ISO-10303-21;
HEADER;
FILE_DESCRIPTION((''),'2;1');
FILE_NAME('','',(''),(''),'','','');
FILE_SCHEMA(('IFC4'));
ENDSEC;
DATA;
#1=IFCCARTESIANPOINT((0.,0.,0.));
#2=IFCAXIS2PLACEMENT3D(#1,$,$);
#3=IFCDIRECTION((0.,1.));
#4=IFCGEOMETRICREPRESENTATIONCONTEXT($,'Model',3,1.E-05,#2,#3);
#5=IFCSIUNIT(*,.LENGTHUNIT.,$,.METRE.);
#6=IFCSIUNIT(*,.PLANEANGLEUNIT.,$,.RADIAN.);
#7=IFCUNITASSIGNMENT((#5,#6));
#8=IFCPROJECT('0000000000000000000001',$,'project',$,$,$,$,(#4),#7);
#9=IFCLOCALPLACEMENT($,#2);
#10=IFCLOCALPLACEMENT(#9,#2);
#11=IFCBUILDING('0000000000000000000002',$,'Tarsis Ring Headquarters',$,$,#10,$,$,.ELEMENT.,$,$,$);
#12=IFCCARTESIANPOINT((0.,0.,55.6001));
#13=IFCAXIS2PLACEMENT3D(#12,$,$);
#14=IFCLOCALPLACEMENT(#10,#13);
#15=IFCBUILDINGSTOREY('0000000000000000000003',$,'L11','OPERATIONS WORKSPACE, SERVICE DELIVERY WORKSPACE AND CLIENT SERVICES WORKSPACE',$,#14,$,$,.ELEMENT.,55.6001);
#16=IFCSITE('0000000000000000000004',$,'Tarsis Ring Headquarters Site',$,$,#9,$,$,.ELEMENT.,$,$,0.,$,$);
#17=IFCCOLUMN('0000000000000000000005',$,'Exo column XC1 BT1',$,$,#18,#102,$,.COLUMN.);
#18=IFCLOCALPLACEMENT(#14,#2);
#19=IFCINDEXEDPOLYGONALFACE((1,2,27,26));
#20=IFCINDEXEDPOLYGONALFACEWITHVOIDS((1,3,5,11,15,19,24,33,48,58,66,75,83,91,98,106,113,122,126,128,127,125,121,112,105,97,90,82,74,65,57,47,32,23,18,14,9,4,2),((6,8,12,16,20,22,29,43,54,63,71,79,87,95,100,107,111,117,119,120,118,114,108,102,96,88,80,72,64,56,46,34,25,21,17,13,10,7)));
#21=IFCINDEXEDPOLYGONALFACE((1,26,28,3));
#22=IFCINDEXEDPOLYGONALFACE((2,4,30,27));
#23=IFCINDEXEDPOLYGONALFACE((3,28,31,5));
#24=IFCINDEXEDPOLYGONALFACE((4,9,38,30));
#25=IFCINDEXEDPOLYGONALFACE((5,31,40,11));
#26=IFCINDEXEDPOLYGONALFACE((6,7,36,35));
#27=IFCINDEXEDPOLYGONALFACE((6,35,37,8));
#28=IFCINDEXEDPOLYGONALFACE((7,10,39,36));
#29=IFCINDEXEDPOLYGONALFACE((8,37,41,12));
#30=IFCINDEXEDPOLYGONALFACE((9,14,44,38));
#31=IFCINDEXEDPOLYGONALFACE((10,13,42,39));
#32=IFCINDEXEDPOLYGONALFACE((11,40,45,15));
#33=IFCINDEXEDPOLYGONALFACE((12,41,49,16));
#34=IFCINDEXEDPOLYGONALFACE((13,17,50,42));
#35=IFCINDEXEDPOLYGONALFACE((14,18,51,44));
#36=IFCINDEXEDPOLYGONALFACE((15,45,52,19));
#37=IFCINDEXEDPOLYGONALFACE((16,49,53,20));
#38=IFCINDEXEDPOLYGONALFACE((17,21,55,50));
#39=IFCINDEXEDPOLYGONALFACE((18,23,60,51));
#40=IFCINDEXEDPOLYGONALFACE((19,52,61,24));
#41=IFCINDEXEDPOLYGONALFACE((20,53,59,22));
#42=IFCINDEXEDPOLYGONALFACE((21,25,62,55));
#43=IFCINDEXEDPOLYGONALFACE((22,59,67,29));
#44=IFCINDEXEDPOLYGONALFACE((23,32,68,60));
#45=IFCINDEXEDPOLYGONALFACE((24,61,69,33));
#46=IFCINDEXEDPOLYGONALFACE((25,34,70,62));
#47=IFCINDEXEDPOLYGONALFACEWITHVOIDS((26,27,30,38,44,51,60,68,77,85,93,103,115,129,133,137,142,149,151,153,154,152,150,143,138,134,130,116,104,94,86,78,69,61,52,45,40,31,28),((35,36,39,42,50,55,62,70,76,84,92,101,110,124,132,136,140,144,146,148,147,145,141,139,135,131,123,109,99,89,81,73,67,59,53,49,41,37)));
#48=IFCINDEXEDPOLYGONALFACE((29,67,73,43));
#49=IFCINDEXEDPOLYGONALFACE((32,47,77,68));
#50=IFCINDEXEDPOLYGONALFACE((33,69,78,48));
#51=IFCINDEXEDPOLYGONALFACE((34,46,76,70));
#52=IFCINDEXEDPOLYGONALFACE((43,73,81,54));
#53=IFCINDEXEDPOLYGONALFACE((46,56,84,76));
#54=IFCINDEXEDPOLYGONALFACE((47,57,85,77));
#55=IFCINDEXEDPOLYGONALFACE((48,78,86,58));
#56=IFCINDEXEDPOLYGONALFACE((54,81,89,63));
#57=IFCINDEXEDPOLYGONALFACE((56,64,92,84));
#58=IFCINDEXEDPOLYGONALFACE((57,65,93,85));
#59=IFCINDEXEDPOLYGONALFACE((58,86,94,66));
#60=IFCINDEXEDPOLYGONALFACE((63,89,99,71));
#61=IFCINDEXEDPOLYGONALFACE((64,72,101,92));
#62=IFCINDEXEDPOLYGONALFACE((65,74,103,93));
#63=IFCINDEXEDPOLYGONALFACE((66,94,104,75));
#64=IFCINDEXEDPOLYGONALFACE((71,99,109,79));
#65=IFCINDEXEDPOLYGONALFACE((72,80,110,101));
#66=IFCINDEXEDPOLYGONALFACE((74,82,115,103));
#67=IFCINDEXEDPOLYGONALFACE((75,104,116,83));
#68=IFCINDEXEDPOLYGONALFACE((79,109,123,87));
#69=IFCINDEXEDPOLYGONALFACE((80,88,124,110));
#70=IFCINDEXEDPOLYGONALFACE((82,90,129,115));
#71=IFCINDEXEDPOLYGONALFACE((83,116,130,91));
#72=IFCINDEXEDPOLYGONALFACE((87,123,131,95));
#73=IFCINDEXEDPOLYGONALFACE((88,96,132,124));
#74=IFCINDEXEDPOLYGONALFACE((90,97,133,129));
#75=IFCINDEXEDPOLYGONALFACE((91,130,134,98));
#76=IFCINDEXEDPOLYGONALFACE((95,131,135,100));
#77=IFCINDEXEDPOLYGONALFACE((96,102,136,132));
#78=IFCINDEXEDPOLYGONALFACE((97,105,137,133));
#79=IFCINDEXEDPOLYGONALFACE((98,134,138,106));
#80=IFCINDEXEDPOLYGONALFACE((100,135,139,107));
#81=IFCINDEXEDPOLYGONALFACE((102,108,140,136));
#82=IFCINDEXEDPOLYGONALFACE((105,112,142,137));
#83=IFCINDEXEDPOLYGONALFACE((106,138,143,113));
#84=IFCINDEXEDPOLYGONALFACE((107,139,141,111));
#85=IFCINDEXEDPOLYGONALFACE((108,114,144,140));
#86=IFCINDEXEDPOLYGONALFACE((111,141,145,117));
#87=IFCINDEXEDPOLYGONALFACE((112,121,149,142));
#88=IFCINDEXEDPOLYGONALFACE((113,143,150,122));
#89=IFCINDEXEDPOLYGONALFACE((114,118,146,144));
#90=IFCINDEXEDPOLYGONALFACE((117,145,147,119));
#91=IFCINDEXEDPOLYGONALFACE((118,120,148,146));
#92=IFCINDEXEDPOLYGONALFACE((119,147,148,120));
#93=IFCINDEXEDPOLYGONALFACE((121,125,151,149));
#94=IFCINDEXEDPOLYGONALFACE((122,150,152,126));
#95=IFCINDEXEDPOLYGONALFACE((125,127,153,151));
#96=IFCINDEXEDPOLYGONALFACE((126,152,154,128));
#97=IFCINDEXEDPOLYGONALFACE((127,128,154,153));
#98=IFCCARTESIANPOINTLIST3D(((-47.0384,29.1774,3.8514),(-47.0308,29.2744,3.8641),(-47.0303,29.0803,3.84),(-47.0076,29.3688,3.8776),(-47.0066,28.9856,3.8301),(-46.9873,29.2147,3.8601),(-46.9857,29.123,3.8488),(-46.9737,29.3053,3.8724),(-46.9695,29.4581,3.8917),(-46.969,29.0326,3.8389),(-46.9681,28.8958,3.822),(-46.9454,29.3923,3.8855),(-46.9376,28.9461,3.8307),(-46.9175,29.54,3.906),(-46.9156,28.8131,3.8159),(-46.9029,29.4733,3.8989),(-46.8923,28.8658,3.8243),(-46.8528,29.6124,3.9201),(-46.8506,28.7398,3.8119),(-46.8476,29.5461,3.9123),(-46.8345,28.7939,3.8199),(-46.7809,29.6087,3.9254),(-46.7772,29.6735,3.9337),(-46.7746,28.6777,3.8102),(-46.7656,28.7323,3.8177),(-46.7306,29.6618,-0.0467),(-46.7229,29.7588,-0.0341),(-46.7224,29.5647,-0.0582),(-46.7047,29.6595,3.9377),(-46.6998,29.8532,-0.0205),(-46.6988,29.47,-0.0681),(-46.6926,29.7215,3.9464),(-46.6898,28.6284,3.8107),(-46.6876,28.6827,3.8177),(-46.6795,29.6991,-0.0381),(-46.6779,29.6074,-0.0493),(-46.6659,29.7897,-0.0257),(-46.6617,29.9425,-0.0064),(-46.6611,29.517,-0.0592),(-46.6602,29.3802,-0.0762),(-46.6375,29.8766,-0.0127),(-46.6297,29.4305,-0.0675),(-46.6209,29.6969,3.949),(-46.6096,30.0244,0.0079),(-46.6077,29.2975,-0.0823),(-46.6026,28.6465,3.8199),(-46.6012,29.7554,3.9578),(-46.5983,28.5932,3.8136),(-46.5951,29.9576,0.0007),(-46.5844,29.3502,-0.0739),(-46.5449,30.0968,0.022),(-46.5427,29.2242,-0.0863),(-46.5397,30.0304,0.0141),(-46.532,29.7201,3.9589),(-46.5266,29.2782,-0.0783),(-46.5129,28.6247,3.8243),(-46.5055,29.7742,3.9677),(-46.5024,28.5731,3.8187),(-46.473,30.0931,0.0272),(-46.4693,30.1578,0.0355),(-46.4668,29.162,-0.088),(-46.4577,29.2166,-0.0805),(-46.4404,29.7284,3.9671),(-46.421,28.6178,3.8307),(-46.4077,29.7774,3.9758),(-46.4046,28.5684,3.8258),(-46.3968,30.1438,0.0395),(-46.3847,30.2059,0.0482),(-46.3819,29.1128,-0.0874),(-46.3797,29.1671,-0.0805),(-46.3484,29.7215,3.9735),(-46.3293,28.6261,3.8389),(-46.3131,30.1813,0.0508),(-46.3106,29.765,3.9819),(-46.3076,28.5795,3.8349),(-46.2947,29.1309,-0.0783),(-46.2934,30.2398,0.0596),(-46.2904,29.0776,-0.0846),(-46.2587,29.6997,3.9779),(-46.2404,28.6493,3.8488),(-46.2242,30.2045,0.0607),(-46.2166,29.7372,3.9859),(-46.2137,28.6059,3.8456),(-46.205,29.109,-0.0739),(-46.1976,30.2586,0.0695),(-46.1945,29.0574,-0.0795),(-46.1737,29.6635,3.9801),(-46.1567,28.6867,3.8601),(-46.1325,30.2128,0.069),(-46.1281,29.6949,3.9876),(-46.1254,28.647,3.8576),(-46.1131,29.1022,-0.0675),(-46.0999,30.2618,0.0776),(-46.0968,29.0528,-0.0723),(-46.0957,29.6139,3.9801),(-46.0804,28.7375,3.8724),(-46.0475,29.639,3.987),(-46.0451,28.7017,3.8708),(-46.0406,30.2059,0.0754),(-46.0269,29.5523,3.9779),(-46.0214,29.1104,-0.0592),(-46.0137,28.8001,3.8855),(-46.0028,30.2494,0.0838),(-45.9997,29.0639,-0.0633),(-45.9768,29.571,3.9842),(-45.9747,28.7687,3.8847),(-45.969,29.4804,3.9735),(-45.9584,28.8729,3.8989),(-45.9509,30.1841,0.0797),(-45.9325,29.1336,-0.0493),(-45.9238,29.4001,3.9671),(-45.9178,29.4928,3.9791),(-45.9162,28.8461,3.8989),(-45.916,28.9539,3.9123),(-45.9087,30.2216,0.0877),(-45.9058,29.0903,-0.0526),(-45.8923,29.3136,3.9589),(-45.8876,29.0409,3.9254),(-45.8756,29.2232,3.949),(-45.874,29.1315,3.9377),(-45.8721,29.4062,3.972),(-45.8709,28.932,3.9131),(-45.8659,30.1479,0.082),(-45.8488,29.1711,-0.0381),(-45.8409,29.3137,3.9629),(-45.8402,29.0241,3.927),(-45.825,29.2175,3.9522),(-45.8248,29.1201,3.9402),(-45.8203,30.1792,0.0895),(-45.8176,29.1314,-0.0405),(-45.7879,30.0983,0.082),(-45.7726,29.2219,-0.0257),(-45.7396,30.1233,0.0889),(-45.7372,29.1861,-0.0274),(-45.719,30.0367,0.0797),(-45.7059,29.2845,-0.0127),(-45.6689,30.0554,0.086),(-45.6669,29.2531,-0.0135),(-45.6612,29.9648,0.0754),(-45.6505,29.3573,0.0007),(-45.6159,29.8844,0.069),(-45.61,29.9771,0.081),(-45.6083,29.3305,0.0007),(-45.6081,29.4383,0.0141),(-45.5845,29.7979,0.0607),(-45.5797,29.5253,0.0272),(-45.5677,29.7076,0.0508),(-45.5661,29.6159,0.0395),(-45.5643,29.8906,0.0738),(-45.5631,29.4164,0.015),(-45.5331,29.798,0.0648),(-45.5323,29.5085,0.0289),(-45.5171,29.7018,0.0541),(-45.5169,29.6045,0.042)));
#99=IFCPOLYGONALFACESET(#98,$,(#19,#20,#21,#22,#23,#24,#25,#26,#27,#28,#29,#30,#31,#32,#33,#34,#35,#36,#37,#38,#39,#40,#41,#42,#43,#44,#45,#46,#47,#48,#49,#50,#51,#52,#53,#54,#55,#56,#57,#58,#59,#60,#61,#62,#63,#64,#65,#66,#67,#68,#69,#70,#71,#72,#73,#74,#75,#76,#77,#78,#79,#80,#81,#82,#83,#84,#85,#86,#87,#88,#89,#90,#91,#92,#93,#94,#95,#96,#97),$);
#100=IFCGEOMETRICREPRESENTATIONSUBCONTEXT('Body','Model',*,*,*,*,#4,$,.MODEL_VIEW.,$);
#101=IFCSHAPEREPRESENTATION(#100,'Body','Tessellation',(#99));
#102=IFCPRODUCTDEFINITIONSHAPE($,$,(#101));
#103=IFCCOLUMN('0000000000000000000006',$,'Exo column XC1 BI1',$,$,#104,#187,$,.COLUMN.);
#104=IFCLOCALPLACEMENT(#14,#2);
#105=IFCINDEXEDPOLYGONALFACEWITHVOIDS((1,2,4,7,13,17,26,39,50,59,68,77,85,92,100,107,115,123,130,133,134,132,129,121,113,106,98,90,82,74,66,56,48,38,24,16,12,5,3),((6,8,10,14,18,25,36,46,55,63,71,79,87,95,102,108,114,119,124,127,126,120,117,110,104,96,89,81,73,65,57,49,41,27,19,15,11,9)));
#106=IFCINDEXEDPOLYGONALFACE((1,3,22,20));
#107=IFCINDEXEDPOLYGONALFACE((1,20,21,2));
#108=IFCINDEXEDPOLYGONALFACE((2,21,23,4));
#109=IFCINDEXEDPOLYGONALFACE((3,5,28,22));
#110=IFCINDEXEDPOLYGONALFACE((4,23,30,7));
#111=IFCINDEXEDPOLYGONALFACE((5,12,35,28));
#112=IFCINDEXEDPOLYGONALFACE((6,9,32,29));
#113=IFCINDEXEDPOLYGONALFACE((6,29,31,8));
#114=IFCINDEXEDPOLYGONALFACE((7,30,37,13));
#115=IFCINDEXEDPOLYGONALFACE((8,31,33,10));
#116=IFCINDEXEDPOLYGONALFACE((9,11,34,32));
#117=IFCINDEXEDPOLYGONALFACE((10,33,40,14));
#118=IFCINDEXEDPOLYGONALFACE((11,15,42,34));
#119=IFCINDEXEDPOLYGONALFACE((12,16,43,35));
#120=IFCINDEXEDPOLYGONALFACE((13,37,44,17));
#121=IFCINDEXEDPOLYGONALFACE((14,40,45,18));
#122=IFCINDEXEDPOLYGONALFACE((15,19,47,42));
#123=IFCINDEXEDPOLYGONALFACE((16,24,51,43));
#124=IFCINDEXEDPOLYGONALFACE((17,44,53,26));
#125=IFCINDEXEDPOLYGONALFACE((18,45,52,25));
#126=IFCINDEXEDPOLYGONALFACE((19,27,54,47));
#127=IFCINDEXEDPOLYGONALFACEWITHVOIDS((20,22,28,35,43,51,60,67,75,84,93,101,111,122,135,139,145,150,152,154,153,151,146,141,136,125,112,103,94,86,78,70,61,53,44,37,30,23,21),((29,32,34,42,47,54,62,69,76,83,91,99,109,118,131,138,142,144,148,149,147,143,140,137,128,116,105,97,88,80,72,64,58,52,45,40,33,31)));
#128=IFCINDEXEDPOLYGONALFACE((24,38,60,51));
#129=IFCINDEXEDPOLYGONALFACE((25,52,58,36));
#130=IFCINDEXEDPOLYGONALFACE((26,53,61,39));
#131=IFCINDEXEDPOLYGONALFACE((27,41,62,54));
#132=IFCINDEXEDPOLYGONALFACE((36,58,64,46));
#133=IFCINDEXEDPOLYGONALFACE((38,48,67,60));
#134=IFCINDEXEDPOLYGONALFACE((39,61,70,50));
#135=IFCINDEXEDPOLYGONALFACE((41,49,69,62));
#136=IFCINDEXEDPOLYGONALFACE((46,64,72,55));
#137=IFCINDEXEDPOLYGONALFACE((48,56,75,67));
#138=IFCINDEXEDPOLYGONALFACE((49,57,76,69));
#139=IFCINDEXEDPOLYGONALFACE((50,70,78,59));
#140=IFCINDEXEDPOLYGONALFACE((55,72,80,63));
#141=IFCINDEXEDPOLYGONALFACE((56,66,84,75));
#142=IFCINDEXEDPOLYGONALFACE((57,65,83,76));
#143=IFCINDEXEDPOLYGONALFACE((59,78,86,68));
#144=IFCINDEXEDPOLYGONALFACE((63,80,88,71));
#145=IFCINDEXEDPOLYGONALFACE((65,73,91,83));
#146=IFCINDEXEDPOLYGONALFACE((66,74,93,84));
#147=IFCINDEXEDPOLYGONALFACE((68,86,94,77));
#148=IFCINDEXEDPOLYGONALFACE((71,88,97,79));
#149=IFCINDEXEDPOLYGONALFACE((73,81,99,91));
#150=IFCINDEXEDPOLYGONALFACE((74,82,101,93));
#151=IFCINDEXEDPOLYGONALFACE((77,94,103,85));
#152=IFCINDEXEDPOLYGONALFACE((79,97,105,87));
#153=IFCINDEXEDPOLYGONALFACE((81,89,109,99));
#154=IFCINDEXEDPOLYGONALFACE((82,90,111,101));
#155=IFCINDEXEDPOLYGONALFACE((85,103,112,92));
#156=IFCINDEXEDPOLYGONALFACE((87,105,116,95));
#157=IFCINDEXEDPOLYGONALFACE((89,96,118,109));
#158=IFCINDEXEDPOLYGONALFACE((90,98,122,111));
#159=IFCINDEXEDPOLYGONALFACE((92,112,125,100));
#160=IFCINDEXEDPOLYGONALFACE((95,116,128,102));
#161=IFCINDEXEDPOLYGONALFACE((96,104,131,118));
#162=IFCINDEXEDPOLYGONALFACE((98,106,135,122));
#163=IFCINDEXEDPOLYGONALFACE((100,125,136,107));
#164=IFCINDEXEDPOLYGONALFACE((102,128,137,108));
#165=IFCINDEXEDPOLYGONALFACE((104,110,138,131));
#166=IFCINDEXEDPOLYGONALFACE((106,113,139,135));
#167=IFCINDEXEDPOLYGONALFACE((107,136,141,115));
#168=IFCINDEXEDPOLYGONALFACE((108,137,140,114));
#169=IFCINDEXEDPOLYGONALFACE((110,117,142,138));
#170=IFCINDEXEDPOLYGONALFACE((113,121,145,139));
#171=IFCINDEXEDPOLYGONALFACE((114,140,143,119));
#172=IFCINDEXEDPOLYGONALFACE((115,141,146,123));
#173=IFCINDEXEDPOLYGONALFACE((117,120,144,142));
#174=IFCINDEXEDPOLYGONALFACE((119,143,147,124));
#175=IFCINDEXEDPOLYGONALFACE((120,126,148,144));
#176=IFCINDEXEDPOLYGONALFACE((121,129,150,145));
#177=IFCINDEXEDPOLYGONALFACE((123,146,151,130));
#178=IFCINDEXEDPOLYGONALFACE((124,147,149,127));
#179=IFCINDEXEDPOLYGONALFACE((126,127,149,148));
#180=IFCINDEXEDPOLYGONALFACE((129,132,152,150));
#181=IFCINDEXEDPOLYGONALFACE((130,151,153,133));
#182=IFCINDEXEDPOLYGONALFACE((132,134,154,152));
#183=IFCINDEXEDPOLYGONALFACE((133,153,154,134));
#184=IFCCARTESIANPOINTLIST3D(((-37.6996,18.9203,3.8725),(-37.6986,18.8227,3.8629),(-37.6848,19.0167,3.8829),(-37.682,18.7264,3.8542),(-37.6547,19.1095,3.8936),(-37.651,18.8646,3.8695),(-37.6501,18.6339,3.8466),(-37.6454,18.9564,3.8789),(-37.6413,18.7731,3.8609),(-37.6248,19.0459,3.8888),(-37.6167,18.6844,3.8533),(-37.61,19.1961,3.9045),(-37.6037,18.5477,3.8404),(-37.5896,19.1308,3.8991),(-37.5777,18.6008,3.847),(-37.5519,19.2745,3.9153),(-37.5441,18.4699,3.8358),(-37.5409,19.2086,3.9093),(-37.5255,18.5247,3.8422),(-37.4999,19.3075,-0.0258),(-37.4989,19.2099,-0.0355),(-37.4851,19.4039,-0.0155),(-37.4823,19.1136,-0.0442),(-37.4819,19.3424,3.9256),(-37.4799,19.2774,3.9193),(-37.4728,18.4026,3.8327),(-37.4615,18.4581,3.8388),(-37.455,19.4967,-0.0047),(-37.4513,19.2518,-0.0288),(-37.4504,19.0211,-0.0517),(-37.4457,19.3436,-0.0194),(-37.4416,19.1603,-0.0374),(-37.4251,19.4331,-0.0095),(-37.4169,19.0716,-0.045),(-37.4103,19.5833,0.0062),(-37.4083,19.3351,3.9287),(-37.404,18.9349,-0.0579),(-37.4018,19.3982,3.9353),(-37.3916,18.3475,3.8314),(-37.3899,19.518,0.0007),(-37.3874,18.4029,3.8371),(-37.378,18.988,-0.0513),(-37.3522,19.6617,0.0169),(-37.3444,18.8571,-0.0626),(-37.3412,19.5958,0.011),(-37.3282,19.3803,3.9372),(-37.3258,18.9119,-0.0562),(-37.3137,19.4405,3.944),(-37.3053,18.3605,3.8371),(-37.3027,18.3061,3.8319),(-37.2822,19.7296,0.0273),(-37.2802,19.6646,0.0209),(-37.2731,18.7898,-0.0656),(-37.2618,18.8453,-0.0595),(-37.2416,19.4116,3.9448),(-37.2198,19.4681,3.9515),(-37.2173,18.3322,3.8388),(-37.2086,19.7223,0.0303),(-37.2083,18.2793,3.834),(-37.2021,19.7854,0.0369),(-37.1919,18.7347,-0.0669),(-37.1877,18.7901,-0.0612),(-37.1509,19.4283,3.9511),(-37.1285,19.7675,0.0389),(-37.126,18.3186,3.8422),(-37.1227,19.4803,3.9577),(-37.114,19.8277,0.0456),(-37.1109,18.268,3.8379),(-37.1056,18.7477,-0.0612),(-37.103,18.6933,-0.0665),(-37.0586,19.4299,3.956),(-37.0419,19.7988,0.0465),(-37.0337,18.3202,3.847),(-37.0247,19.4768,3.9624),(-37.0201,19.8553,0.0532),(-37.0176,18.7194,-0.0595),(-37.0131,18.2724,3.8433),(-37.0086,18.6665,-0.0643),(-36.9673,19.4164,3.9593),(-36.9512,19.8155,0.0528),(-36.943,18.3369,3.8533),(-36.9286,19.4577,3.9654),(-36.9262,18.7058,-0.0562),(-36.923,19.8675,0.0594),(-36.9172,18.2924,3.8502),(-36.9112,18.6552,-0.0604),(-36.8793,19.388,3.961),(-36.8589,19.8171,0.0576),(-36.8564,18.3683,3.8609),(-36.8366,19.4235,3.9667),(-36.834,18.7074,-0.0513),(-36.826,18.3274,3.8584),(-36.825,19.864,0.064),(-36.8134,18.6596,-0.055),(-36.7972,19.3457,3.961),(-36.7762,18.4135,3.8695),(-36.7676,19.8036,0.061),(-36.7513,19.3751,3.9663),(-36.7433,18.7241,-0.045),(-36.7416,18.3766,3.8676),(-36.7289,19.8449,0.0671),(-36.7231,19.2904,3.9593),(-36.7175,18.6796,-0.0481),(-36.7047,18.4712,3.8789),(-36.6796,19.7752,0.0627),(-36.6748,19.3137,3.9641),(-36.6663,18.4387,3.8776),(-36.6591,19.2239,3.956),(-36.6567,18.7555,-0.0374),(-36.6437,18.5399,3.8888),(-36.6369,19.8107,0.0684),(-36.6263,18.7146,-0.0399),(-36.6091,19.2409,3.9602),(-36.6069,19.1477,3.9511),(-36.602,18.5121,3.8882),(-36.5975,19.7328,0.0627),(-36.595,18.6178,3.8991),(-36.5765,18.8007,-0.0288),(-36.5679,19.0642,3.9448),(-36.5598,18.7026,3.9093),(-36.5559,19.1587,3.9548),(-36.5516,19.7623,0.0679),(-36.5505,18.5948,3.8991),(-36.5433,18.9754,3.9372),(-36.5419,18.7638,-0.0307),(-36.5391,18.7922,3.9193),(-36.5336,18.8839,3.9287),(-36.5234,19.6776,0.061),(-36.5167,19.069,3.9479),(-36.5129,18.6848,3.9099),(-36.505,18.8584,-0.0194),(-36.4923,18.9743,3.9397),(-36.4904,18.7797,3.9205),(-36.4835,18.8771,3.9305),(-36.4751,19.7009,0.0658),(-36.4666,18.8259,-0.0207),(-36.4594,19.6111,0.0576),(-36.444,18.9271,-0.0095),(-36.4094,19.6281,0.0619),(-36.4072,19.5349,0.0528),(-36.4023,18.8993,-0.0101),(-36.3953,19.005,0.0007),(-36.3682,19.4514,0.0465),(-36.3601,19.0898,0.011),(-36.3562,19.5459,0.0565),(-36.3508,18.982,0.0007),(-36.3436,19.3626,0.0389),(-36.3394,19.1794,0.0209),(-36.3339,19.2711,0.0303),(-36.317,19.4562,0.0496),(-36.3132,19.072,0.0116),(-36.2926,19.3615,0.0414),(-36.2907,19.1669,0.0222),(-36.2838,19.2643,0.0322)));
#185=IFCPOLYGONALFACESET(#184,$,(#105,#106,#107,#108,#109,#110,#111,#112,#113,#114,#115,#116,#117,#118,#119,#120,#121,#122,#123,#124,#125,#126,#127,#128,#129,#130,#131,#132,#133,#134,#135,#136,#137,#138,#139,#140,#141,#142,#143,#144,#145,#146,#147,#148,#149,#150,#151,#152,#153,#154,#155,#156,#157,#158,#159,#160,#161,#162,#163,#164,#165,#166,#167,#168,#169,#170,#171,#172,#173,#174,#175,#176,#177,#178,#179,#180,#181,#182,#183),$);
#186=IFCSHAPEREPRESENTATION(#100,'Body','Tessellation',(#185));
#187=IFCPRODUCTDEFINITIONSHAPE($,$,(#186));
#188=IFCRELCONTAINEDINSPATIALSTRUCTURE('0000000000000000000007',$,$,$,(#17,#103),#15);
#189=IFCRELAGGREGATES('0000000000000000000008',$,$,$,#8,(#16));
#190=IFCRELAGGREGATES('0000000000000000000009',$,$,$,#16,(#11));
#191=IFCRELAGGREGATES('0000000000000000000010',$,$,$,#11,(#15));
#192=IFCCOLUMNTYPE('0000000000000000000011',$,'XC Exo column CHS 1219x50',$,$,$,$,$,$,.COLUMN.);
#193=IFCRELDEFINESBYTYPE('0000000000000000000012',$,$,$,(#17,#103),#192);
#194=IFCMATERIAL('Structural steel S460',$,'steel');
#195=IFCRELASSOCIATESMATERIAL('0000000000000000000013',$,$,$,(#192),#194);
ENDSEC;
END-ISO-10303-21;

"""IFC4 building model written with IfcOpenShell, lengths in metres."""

from ifc_helpers import new_model, si_unit, direction, frame, origin, origin_2d, place, context, subcontext, project, spatial, hollow_circle, extrude, material, material_profile, profile_set, type_object, element, save


model = new_model("IFC4")

# Units and contexts
model_context = context("Model", 3, precision=1e-05, world=origin(), true_north=direction((0.0, 1.0)))
body_context = subcontext(model_context, "Body", "Model", "MODEL_VIEW")
ifc_project = project(units=[si_unit("LENGTHUNIT", "METRE"), si_unit("PLANEANGLEUNIT", "RADIAN")], contexts=[model_context])

# Site, building, storey
site_placement = place(None, origin())
site = spatial("IfcSite", under=ifc_project, at=site_placement, Name="Tarsis Ring Headquarters Site", CompositionType="ELEMENT", RefElevation=0.0)
building_placement = place(site_placement, origin())
building = spatial("IfcBuilding", under=site, at=building_placement, Name="Tarsis Ring Headquarters", CompositionType="ELEMENT")
storey_placement = place(building_placement, frame((0.0, 0.0, 55.6001)))
storey = spatial("IfcBuildingStorey", under=building, at=storey_placement, Name="L11", Description="OPERATIONS WORKSPACE, SERVICE DELIVERY WORKSPACE AND CLIENT SERVICES WORKSPACE", CompositionType="ELEMENT", Elevation=55.6001)

# Columns
ifc_material_1 = material(Name="Structural steel S460", Category="steel")
ifc_material_profile_1 = material_profile(ifc_material_1, hollow_circle(Radius=0.6096, WallThickness=0.05, at=origin_2d()), Name="CHS 1219x50")
ifc_profile_set_1 = profile_set([ifc_material_profile_1], Name="Structural steel S460")
column_type = type_object("IfcColumnType", Name="XC Exo column CHS 1219x50", PredefinedType="COLUMN", material=ifc_profile_set_1)
column_1_placement = place(storey_placement, frame((-46.1228, 29.6575, 0.0007), z_axis=(-0.078133, -0.122931, 0.989335), x_axis=(0.843959, -0.536407, 0.0)))
element("IfcColumn", 1, at=column_1_placement, inside=storey, type_object=column_type, Name="Exo column XC1 BT1", PredefinedType="COLUMN", context=body_context, shape_type="SweptSolid", body=[
    extrude(hollow_circle(Radius=0.6096, WallThickness=0.05, at=origin_2d()), origin(), (0.0, 0.0, 1.0), 3.9402),
])
column_2_placement = place(storey_placement, frame((-36.8926, 19.2615, 0.0007), z_axis=(-0.050911, -0.098709, 0.993813), x_axis=(0.888753, -0.458386, 0.0)))
element("IfcColumn", 2, at=column_2_placement, inside=storey, type_object=column_type, Name="Exo column XC1 BI1", PredefinedType="COLUMN", context=body_context, shape_type="SweptSolid", body=[
    extrude(hollow_circle(Radius=0.6096, WallThickness=0.05, at=origin_2d()), origin(), (0.0, 0.0, 1.0), 3.9226),
])

save(model, "model.ifc")
